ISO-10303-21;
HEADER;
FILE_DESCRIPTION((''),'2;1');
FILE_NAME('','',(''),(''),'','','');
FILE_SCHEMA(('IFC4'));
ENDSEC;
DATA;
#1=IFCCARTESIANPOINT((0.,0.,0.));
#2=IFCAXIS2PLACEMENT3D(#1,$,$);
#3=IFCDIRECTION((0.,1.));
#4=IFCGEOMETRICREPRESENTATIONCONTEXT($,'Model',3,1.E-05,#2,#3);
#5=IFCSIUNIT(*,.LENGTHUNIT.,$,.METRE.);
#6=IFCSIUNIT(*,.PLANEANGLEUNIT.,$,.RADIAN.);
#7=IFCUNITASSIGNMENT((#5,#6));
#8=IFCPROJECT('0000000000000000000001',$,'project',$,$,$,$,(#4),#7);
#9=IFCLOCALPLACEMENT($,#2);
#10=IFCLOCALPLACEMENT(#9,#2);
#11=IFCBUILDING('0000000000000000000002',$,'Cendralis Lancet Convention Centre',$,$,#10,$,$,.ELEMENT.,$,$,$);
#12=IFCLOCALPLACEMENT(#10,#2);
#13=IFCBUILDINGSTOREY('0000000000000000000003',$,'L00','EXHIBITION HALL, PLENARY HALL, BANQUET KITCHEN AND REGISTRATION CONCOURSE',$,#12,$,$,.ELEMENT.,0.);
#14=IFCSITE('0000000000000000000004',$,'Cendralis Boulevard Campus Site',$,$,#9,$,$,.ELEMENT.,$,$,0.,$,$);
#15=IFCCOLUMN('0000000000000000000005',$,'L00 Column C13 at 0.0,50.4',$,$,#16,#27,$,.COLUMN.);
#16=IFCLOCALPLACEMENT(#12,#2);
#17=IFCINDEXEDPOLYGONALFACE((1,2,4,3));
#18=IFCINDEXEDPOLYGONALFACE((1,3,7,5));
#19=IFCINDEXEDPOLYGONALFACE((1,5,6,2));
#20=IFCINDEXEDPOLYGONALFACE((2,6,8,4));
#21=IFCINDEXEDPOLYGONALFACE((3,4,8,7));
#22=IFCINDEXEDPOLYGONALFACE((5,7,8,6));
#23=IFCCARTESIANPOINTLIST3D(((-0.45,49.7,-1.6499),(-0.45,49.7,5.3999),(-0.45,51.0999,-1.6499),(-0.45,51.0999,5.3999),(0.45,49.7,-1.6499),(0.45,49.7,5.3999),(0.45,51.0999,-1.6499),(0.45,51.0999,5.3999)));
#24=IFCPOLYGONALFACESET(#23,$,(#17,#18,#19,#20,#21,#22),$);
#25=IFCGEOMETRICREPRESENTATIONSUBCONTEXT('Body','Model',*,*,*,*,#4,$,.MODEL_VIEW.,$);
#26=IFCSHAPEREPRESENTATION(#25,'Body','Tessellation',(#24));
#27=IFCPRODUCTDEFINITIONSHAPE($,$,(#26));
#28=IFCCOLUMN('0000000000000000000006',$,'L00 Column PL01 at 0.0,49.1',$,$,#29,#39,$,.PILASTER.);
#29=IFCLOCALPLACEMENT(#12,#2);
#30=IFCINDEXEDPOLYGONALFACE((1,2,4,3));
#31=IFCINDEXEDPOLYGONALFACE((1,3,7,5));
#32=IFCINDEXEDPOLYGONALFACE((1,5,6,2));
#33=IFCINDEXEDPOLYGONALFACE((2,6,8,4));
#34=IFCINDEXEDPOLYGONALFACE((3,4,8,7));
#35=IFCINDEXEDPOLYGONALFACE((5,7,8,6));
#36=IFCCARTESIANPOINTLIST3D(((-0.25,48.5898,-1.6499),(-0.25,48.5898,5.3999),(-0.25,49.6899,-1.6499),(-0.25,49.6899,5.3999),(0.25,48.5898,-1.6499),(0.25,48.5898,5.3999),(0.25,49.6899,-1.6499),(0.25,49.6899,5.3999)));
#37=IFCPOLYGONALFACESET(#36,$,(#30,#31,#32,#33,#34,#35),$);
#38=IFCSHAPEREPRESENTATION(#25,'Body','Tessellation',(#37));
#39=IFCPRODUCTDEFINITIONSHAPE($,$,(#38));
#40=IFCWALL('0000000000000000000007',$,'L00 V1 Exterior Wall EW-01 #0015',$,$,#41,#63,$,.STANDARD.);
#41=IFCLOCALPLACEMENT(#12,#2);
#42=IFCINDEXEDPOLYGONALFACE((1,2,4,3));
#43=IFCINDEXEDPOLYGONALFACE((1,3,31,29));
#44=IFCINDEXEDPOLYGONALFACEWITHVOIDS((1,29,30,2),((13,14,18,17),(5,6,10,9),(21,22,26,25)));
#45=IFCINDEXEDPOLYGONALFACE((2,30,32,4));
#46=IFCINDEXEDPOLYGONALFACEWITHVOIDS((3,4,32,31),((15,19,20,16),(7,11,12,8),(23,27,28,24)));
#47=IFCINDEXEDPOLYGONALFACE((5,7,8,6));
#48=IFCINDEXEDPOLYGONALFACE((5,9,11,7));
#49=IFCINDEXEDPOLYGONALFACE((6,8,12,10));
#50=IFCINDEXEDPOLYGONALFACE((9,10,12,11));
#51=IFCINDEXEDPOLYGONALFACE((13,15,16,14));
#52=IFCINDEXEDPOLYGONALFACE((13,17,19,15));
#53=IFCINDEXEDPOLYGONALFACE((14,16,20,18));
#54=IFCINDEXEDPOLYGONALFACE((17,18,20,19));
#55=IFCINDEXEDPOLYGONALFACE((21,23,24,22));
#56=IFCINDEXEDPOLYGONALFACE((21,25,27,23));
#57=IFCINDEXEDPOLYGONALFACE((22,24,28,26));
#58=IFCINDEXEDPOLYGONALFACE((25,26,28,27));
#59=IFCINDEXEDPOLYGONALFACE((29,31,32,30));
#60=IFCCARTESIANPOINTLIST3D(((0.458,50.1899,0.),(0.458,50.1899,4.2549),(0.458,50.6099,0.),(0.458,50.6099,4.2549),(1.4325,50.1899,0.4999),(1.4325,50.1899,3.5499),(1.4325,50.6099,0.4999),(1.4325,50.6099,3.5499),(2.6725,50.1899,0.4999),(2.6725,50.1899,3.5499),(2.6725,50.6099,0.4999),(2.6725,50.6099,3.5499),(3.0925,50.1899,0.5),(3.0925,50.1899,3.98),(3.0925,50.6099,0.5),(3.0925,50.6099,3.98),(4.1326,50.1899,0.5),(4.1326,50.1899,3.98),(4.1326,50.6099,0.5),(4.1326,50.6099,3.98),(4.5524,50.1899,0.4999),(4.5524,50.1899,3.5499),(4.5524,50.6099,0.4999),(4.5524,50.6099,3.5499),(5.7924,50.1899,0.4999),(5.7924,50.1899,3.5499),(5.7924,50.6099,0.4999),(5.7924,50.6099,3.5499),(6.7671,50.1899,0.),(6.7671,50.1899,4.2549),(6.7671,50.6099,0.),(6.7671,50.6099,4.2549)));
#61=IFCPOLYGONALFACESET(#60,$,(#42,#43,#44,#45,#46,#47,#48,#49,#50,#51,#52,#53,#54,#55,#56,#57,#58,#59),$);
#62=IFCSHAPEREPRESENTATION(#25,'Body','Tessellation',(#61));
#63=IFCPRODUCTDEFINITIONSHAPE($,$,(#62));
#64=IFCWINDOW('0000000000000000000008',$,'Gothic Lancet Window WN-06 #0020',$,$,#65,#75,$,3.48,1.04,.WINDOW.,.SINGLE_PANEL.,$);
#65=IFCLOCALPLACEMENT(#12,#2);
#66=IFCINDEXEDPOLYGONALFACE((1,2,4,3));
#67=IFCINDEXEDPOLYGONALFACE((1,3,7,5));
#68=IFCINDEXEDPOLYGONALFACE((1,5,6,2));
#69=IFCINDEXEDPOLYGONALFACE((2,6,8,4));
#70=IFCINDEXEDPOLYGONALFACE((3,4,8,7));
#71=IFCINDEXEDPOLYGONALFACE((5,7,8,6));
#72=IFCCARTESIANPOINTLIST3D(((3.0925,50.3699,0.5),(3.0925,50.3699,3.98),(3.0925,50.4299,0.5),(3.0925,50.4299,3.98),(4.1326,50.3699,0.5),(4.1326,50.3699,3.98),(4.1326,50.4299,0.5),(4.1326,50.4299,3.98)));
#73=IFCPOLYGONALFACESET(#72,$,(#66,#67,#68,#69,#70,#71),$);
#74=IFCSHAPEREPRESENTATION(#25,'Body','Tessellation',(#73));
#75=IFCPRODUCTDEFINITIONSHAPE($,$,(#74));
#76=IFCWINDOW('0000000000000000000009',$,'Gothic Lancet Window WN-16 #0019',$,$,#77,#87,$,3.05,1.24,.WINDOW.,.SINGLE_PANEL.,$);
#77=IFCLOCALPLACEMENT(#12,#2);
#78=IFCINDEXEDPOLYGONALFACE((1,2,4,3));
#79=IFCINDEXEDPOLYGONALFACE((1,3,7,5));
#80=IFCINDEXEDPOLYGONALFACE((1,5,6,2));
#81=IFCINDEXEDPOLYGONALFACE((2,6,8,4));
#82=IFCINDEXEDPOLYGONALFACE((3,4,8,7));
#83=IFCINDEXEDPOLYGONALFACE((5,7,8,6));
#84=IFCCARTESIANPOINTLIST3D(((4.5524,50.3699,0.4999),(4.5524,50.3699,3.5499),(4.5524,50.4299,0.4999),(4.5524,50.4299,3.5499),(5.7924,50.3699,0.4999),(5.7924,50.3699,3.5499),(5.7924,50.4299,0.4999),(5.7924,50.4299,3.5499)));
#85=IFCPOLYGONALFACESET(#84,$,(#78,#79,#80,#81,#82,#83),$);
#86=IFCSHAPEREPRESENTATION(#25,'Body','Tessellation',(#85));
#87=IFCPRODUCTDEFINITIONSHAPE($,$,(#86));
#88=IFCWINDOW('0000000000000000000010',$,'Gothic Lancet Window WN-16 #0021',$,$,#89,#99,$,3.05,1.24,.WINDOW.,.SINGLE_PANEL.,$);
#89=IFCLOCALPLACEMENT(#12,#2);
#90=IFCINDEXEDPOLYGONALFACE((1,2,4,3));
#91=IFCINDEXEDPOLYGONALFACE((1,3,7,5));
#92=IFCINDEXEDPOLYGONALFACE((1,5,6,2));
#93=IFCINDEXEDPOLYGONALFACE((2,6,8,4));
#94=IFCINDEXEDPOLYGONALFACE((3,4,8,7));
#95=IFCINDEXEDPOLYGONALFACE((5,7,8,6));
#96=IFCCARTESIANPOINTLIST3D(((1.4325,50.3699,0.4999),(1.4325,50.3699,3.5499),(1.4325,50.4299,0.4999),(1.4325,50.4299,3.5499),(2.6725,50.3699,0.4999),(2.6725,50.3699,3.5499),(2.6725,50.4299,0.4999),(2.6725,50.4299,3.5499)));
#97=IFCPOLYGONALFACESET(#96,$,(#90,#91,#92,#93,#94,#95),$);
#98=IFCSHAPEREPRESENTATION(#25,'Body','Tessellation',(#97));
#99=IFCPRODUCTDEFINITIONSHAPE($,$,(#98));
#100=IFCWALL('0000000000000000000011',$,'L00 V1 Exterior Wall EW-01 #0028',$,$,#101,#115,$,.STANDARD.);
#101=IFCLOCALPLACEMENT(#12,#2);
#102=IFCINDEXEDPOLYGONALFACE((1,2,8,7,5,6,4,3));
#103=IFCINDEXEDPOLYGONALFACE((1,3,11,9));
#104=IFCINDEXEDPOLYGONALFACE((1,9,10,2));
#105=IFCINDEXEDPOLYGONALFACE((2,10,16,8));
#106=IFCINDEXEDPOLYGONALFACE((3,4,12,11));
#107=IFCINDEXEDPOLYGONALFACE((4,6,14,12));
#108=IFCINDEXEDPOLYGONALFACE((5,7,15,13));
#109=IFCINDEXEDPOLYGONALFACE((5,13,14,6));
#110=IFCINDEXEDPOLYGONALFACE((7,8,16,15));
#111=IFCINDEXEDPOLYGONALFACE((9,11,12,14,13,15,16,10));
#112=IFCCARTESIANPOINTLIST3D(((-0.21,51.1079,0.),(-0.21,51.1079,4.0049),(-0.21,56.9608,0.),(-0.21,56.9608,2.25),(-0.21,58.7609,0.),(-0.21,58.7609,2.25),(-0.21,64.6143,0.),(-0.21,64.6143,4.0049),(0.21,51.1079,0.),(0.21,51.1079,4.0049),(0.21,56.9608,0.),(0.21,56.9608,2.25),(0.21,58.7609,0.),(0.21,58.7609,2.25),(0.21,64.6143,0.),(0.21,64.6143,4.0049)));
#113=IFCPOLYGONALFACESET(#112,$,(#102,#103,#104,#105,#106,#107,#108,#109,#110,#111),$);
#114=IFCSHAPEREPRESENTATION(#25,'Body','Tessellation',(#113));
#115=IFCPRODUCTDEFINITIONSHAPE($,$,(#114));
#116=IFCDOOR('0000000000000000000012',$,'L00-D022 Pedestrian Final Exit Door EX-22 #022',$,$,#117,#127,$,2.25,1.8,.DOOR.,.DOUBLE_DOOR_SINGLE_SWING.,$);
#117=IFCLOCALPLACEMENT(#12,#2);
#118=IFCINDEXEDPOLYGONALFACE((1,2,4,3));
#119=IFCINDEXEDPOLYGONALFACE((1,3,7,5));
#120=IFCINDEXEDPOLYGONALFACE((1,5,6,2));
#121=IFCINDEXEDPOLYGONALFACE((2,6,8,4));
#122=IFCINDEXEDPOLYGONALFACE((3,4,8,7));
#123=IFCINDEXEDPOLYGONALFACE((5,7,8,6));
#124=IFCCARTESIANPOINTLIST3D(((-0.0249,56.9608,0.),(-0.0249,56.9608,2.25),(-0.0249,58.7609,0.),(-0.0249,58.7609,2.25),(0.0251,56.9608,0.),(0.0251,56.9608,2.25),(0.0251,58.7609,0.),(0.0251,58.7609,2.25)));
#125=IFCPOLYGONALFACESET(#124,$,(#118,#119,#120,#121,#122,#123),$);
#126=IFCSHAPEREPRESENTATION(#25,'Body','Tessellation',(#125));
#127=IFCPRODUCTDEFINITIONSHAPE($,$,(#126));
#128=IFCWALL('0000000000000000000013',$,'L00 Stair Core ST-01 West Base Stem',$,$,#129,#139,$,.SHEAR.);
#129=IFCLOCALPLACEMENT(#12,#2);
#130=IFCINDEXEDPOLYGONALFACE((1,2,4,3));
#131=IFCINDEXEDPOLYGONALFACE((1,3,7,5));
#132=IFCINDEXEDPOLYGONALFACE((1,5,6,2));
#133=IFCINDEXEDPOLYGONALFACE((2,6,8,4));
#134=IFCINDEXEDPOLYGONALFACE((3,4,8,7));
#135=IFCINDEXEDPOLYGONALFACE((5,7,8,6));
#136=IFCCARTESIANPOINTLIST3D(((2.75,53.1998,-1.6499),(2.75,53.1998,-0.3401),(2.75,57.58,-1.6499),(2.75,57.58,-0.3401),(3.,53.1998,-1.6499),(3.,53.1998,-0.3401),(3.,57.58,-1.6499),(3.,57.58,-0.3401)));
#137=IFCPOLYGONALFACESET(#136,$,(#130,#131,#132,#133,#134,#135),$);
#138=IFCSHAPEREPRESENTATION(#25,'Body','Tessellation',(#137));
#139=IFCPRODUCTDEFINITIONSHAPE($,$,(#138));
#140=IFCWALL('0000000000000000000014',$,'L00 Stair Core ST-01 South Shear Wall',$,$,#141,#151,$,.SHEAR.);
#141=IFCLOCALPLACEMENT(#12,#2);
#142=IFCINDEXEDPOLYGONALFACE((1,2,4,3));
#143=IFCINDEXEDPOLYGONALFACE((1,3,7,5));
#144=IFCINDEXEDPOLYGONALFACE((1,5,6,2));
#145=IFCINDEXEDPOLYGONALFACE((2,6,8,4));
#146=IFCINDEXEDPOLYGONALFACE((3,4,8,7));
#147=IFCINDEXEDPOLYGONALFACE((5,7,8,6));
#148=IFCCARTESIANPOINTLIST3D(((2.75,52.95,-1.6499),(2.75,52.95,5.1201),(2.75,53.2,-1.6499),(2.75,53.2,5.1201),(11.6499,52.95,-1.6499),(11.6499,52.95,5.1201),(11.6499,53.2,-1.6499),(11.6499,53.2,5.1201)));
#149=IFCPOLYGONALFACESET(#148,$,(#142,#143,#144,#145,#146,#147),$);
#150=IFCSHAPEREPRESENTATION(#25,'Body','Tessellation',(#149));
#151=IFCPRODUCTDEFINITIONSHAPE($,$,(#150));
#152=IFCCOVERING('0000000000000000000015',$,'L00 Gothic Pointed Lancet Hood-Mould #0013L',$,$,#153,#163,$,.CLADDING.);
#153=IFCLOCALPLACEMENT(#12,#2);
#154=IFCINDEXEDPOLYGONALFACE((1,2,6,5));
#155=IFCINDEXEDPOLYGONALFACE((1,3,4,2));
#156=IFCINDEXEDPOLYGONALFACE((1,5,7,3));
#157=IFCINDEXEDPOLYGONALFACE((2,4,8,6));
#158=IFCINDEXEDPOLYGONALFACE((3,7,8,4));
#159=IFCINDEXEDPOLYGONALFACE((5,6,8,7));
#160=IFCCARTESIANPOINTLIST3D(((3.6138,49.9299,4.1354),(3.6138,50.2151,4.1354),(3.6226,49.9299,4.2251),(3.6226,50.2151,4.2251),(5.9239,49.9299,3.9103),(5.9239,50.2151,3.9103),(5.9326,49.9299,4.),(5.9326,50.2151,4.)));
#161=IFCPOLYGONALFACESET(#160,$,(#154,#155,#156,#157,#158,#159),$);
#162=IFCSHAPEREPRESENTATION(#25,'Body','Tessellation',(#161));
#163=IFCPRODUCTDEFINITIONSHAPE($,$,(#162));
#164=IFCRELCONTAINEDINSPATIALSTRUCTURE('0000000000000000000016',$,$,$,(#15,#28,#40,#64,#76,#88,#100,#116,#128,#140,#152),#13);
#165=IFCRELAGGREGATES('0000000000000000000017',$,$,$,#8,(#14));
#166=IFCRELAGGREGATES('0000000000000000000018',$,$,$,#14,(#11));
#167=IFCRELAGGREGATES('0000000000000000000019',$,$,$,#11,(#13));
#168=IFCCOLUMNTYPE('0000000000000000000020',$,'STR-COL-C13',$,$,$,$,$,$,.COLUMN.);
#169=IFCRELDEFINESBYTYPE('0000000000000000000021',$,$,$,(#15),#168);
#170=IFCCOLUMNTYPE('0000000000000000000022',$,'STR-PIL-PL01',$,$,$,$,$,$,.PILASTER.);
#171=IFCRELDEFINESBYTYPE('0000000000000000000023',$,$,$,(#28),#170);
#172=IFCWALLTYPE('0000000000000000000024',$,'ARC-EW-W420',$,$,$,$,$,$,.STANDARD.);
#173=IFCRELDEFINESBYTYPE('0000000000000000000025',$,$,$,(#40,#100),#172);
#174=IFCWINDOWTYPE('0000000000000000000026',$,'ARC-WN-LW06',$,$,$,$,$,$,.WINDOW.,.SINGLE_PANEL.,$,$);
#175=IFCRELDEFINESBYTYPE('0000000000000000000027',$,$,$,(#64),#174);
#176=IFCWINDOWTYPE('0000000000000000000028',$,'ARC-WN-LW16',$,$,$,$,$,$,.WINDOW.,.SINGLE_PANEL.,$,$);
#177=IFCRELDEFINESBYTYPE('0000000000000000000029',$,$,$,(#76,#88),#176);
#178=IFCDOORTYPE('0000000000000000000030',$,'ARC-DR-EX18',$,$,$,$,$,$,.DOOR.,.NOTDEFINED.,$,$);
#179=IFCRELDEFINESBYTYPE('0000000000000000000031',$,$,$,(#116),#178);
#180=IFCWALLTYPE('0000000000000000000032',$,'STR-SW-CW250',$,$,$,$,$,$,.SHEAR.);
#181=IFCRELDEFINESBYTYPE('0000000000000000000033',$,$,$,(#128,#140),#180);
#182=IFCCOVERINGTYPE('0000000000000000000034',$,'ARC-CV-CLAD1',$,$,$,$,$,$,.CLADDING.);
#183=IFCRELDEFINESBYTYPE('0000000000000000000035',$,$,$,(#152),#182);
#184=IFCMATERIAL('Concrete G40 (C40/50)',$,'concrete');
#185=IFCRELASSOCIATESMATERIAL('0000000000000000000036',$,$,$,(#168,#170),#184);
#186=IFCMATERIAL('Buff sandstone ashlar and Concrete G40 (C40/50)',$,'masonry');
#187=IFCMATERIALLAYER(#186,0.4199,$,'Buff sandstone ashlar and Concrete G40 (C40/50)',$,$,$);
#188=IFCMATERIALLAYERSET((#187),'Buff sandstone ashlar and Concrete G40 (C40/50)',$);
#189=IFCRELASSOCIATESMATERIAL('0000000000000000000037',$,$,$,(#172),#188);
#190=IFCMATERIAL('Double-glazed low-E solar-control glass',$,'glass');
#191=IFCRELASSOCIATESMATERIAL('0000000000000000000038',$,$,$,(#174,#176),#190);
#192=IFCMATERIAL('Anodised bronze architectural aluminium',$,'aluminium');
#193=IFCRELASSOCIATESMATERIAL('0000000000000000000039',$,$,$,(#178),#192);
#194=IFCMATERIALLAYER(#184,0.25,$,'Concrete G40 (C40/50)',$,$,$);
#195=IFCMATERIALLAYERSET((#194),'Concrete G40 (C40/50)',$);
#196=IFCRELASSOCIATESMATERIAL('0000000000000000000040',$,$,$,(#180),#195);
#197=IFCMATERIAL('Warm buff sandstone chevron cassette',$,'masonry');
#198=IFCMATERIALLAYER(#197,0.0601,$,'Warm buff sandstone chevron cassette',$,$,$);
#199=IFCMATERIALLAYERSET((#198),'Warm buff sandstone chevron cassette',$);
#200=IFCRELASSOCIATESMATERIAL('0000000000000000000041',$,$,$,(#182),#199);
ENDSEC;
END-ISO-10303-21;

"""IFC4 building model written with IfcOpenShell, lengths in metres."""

from ifc_helpers import new_model, si_unit, direction, frame, frame_2d, origin, origin_2d, place, context, subcontext, project, spatial, polyline, rectangle, outline, extrude, material, layer, layer_set, material_profile, profile_set, type_object, element, fill, save


model = new_model("IFC4")

# Units and contexts
model_context = context("Model", 3, precision=1e-05, world=origin(), true_north=direction((0.0, 1.0)))
body_context = subcontext(model_context, "Body", "Model", "MODEL_VIEW")
ifc_project = project(units=[si_unit("LENGTHUNIT", "METRE"), si_unit("PLANEANGLEUNIT", "RADIAN")], contexts=[model_context])

# Site, building, storey
site_placement = place(None, origin())
site = spatial("IfcSite", under=ifc_project, at=site_placement, Name="Cendralis Boulevard Campus Site", CompositionType="ELEMENT", RefElevation=0.0)
building_placement = place(site_placement, origin())
building = spatial("IfcBuilding", under=site, at=building_placement, Name="Cendralis Lancet Convention Centre", CompositionType="ELEMENT")
storey_placement = place(building_placement, origin())
storey = spatial("IfcBuildingStorey", under=building, at=storey_placement, Name="L00", Description="EXHIBITION HALL, PLENARY HALL, BANQUET KITCHEN AND REGISTRATION CONCOURSE", CompositionType="ELEMENT", Elevation=0.0)

# Columns
ifc_material_1 = material(Name="Concrete G40 (C40/50)", Category="concrete")
ifc_material_profile_1 = material_profile(ifc_material_1, rectangle(XDim=0.8999, YDim=1.3999, at=origin_2d()), Name="RC 900x1400")
ifc_profile_set_1 = profile_set([ifc_material_profile_1], Name="Concrete G40 (C40/50)")
column_type_1 = type_object("IfcColumnType", Name="STR-COL-C13", PredefinedType="COLUMN", material=ifc_profile_set_1)
column_1_placement = place(storey_placement, frame((0.0, 50.3999, -1.6499), z_axis=(0.0, 0.0, 1.0), x_axis=(1.0, 0.0, 0.0)))
element("IfcColumn", 1, at=column_1_placement, inside=storey, type_object=column_type_1, Name="L00 Column C13 at 0.0,50.4", PredefinedType="COLUMN", context=body_context, shape_type="SweptSolid", body=[
    extrude(rectangle(XDim=0.8999, YDim=1.3999, at=origin_2d()), origin(), (0.0, 0.0, 1.0), 7.0498),
])
ifc_material_profile_2 = material_profile(ifc_material_1, rectangle(XDim=0.5, YDim=1.1001, at=origin_2d()), Name="RC 500x1100")
ifc_profile_set_2 = profile_set([ifc_material_profile_2], Name="Concrete G40 (C40/50)")
column_type_2 = type_object("IfcColumnType", Name="STR-PIL-PL01", PredefinedType="PILASTER", material=ifc_profile_set_2)
column_2_placement = place(storey_placement, frame((0.0, 49.1399, -1.6499), z_axis=(0.0, 0.0, 1.0), x_axis=(1.0, 0.0, 0.0)))
element("IfcColumn", 2, at=column_2_placement, inside=storey, type_object=column_type_2, Name="L00 Column PL01 at 0.0,49.1", PredefinedType="PILASTER", context=body_context, shape_type="SweptSolid", body=[
    extrude(rectangle(XDim=0.5, YDim=1.1001, at=origin_2d()), origin(), (0.0, 0.0, 1.0), 7.0498),
])

# Wall, openings, windows
ifc_material_2 = material(Name="Buff sandstone ashlar and Concrete G40 (C40/50)", Category="masonry")
ifc_layer_1 = layer(ifc_material_2, 0.4199, Name="Buff sandstone ashlar and Concrete G40 (C40/50)")
ifc_layer_set_1 = layer_set([ifc_layer_1], Name="Buff sandstone ashlar and Concrete G40 (C40/50)")
wall_type_1 = type_object("IfcWallType", Name="ARC-EW-W420", PredefinedType="STANDARD", material=ifc_layer_set_1)
wall_1_placement = place(storey_placement, frame((6.7671, 50.3999, 0.0), z_axis=(0.0, 0.0, 1.0), x_axis=(-1.0, 0.0, 0.0)))
wall_1 = element("IfcWall", 3, at=wall_1_placement, inside=storey, type_object=wall_type_1, Name="L00 V1 Exterior Wall EW-01 #0015", PredefinedType="STANDARD", context=body_context, shape_type="SweptSolid", body=[
    extrude(rectangle(XDim=6.3091, YDim=0.4199, at=frame_2d((3.1545, 0.0))), origin(), (0.0, 0.0, 1.0), 4.2549),
])
opening_1_placement = place(wall_1_placement, frame((0.9746, 0.0, 0.5)))
opening_1 = element("IfcOpeningElement", 4, at=opening_1_placement, cuts=wall_1, PredefinedType="OPENING", context=body_context, shape_type="SweptSolid", body=[
    extrude(rectangle(XDim=1.24, YDim=3.05, at=frame_2d((0.6201, 1.5249))), frame((0.0, 0.22, 0.0), z_axis=(0.0, -1.0, 0.0), x_axis=(1.0, 0.0, 0.0)), (0.0, 0.0, 1.0), 0.4399),
])
opening_2_placement = place(wall_1_placement, frame((2.6345, 0.0, 0.5)))
opening_2 = element("IfcOpeningElement", 5, at=opening_2_placement, cuts=wall_1, PredefinedType="OPENING", context=body_context, shape_type="SweptSolid", body=[
    extrude(rectangle(XDim=1.04, YDim=3.48, at=frame_2d((0.52, 1.74))), frame((0.0, 0.22, 0.0), z_axis=(0.0, -1.0, 0.0), x_axis=(1.0, 0.0, 0.0)), (0.0, 0.0, 1.0), 0.4399),
])
opening_3_placement = place(wall_1_placement, frame((4.0945, 0.0, 0.5)))
opening_3 = element("IfcOpeningElement", 6, at=opening_3_placement, cuts=wall_1, PredefinedType="OPENING", context=body_context, shape_type="SweptSolid", body=[
    extrude(rectangle(XDim=1.24, YDim=3.05, at=frame_2d((0.6201, 1.5249))), frame((0.0, 0.22, 0.0), z_axis=(0.0, -1.0, 0.0), x_axis=(1.0, 0.0, 0.0)), (0.0, 0.0, 1.0), 0.4399),
])
ifc_material_3 = material(Name="Double-glazed low-E solar-control glass", Category="glass")
window_type_1 = type_object("IfcWindowType", Name="ARC-WN-LW06", PartitioningType="SINGLE_PANEL", PredefinedType="WINDOW", material=ifc_material_3)
window_1_placement = place(opening_2_placement, origin())
window_1 = element("IfcWindow", 7, at=window_1_placement, inside=storey, type_object=window_type_1, Name="Gothic Lancet Window WN-06 #0020", OverallHeight=3.48, OverallWidth=1.04, PartitioningType="SINGLE_PANEL", PredefinedType="WINDOW", context=body_context, shape_type="SweptSolid", body=[
    extrude(rectangle(XDim=1.04, YDim=3.48, at=frame_2d((0.52, 1.74))), frame((0.0, 0.03, 0.0), z_axis=(0.0, -1.0, 0.0), x_axis=(1.0, 0.0, 0.0)), (0.0, 0.0, 1.0), 0.0601),
])
fill(opening_2, window_1)
window_type_2 = type_object("IfcWindowType", Name="ARC-WN-LW16", PartitioningType="SINGLE_PANEL", PredefinedType="WINDOW", material=ifc_material_3)
window_2_placement = place(opening_1_placement, origin())
window_2 = element("IfcWindow", 8, at=window_2_placement, inside=storey, type_object=window_type_2, Name="Gothic Lancet Window WN-16 #0019", OverallHeight=3.05, OverallWidth=1.24, PartitioningType="SINGLE_PANEL", PredefinedType="WINDOW", context=body_context, shape_type="SweptSolid", body=[
    extrude(rectangle(XDim=1.24, YDim=3.05, at=frame_2d((0.6201, 1.5249))), frame((0.0, 0.03, 0.0), z_axis=(0.0, -1.0, 0.0), x_axis=(1.0, 0.0, 0.0)), (0.0, 0.0, 1.0), 0.0601),
])
fill(opening_1, window_2)
window_3_placement = place(opening_3_placement, origin())
window_3 = element("IfcWindow", 9, at=window_3_placement, inside=storey, type_object=window_type_2, Name="Gothic Lancet Window WN-16 #0021", OverallHeight=3.05, OverallWidth=1.24, PartitioningType="SINGLE_PANEL", PredefinedType="WINDOW", context=body_context, shape_type="SweptSolid", body=[
    extrude(rectangle(XDim=1.24, YDim=3.05, at=frame_2d((0.6201, 1.5249))), frame((0.0, 0.03, 0.0), z_axis=(0.0, -1.0, 0.0), x_axis=(1.0, 0.0, 0.0)), (0.0, 0.0, 1.0), 0.0601),
])
fill(opening_3, window_3)

# Wall, opening, door
wall_2_placement = place(storey_placement, frame((0.0, 51.1079, 0.0), z_axis=(0.0, 0.0, 1.0), x_axis=(0.0, 1.0, 0.0)))
wall_2 = element("IfcWall", 10, at=wall_2_placement, inside=storey, type_object=wall_type_1, Name="L00 V1 Exterior Wall EW-01 #0028", PredefinedType="STANDARD", context=body_context, shape_type="SweptSolid", body=[
    extrude(rectangle(XDim=13.5063, YDim=0.4199, at=frame_2d((6.7532, 0.0))), origin(), (0.0, 0.0, 1.0), 4.0049),
])
opening_4_placement = place(wall_2_placement, frame((5.853, 0.0, 0.0)))
opening_4 = element("IfcOpeningElement", 11, at=opening_4_placement, cuts=wall_2, PredefinedType="OPENING", context=body_context, shape_type="SweptSolid", body=[
    extrude(rectangle(XDim=1.8, YDim=2.25, at=frame_2d((0.8999, 1.125))), frame((0.0, 0.22, 0.0), z_axis=(0.0, -1.0, 0.0), x_axis=(1.0, 0.0, 0.0)), (0.0, 0.0, 1.0), 0.4399),
])
ifc_material_4 = material(Name="Anodised bronze architectural aluminium", Category="aluminium")
door_type_1 = type_object("IfcDoorType", Name="ARC-DR-EX18", OperationType="NOTDEFINED", PredefinedType="DOOR", material=ifc_material_4)
door_1_placement = place(opening_4_placement, origin())
door_1 = element("IfcDoor", 12, at=door_1_placement, inside=storey, type_object=door_type_1, Name="L00-D022 Pedestrian Final Exit Door EX-22 #022", OperationType="DOUBLE_DOOR_SINGLE_SWING", OverallHeight=2.25, OverallWidth=1.8, PredefinedType="DOOR", context=body_context, shape_type="SweptSolid", body=[
    extrude(rectangle(XDim=1.8, YDim=2.25, at=frame_2d((0.8999, 1.125))), frame((0.0, 0.0249, 0.0), z_axis=(0.0, -1.0, 0.0), x_axis=(1.0, 0.0, 0.0)), (0.0, 0.0, 1.0), 0.05),
])
fill(opening_4, door_1)

# Wall
ifc_layer_2 = layer(ifc_material_1, 0.25, Name="Concrete G40 (C40/50)")
ifc_layer_set_2 = layer_set([ifc_layer_2], Name="Concrete G40 (C40/50)")
wall_type_2 = type_object("IfcWallType", Name="STR-SW-CW250", PredefinedType="SHEAR", material=ifc_layer_set_2)
wall_3_placement = place(storey_placement, frame((2.875, 53.2, -1.6499), z_axis=(0.0, 0.0, 1.0), x_axis=(0.0, 1.0, 0.0)))
element("IfcWall", 13, at=wall_3_placement, inside=storey, type_object=wall_type_2, Name="L00 Stair Core ST-01 West Base Stem", PredefinedType="SHEAR", context=body_context, shape_type="SweptSolid", body=[
    extrude(rectangle(XDim=4.3801, YDim=0.25, at=frame_2d((2.1899, 0.0))), origin(), (0.0, 0.0, 1.0), 1.3098),
])

# Wall
wall_4_placement = place(storey_placement, frame((2.75, 53.075, -1.6499), z_axis=(0.0, 0.0, 1.0), x_axis=(1.0, 0.0, 0.0)))
element("IfcWall", 14, at=wall_4_placement, inside=storey, type_object=wall_type_2, Name="L00 Stair Core ST-01 South Shear Wall", PredefinedType="SHEAR", context=body_context, shape_type="SweptSolid", body=[
    extrude(rectangle(XDim=8.8999, YDim=0.25, at=frame_2d((4.45, 0.0))), origin(), (0.0, 0.0, 1.0), 6.77),
])

# Covering
ifc_material_5 = material(Name="Warm buff sandstone chevron cassette", Category="masonry")
ifc_layer_3 = layer(ifc_material_5, 0.0601, Name="Warm buff sandstone chevron cassette")
ifc_layer_set_3 = layer_set([ifc_layer_3], Name="Warm buff sandstone chevron cassette")
covering_type = type_object("IfcCoveringType", Name="ARC-CV-CLAD1", PredefinedType="CLADDING", material=ifc_layer_set_3)
for number, where, z_axis, x_axis, name in (
    (15, (5.9326, 49.9299, 4.0), (0.096983, 0.0, 0.995286), (0.0, 1.0, 0.0), "L00 Gothic Pointed Lancet Hood-Mould #0013L"),
):
    element("IfcCovering", number, at=place(storey_placement, frame(where, z_axis=z_axis, x_axis=x_axis)), inside=storey, type_object=covering_type, Name=name, PredefinedType="CLADDING", context=body_context, shape_type="SweptSolid", body=[
        extrude(outline(polyline([(0.0, 0.0), (0.2852, 0.0), (0.2852, 2.321), (0.0, 2.321), (0.0, 0.0)])), origin(), (0.0, 0.0, -1.0), 0.0901),
    ])

save(model, "model.ifc")
